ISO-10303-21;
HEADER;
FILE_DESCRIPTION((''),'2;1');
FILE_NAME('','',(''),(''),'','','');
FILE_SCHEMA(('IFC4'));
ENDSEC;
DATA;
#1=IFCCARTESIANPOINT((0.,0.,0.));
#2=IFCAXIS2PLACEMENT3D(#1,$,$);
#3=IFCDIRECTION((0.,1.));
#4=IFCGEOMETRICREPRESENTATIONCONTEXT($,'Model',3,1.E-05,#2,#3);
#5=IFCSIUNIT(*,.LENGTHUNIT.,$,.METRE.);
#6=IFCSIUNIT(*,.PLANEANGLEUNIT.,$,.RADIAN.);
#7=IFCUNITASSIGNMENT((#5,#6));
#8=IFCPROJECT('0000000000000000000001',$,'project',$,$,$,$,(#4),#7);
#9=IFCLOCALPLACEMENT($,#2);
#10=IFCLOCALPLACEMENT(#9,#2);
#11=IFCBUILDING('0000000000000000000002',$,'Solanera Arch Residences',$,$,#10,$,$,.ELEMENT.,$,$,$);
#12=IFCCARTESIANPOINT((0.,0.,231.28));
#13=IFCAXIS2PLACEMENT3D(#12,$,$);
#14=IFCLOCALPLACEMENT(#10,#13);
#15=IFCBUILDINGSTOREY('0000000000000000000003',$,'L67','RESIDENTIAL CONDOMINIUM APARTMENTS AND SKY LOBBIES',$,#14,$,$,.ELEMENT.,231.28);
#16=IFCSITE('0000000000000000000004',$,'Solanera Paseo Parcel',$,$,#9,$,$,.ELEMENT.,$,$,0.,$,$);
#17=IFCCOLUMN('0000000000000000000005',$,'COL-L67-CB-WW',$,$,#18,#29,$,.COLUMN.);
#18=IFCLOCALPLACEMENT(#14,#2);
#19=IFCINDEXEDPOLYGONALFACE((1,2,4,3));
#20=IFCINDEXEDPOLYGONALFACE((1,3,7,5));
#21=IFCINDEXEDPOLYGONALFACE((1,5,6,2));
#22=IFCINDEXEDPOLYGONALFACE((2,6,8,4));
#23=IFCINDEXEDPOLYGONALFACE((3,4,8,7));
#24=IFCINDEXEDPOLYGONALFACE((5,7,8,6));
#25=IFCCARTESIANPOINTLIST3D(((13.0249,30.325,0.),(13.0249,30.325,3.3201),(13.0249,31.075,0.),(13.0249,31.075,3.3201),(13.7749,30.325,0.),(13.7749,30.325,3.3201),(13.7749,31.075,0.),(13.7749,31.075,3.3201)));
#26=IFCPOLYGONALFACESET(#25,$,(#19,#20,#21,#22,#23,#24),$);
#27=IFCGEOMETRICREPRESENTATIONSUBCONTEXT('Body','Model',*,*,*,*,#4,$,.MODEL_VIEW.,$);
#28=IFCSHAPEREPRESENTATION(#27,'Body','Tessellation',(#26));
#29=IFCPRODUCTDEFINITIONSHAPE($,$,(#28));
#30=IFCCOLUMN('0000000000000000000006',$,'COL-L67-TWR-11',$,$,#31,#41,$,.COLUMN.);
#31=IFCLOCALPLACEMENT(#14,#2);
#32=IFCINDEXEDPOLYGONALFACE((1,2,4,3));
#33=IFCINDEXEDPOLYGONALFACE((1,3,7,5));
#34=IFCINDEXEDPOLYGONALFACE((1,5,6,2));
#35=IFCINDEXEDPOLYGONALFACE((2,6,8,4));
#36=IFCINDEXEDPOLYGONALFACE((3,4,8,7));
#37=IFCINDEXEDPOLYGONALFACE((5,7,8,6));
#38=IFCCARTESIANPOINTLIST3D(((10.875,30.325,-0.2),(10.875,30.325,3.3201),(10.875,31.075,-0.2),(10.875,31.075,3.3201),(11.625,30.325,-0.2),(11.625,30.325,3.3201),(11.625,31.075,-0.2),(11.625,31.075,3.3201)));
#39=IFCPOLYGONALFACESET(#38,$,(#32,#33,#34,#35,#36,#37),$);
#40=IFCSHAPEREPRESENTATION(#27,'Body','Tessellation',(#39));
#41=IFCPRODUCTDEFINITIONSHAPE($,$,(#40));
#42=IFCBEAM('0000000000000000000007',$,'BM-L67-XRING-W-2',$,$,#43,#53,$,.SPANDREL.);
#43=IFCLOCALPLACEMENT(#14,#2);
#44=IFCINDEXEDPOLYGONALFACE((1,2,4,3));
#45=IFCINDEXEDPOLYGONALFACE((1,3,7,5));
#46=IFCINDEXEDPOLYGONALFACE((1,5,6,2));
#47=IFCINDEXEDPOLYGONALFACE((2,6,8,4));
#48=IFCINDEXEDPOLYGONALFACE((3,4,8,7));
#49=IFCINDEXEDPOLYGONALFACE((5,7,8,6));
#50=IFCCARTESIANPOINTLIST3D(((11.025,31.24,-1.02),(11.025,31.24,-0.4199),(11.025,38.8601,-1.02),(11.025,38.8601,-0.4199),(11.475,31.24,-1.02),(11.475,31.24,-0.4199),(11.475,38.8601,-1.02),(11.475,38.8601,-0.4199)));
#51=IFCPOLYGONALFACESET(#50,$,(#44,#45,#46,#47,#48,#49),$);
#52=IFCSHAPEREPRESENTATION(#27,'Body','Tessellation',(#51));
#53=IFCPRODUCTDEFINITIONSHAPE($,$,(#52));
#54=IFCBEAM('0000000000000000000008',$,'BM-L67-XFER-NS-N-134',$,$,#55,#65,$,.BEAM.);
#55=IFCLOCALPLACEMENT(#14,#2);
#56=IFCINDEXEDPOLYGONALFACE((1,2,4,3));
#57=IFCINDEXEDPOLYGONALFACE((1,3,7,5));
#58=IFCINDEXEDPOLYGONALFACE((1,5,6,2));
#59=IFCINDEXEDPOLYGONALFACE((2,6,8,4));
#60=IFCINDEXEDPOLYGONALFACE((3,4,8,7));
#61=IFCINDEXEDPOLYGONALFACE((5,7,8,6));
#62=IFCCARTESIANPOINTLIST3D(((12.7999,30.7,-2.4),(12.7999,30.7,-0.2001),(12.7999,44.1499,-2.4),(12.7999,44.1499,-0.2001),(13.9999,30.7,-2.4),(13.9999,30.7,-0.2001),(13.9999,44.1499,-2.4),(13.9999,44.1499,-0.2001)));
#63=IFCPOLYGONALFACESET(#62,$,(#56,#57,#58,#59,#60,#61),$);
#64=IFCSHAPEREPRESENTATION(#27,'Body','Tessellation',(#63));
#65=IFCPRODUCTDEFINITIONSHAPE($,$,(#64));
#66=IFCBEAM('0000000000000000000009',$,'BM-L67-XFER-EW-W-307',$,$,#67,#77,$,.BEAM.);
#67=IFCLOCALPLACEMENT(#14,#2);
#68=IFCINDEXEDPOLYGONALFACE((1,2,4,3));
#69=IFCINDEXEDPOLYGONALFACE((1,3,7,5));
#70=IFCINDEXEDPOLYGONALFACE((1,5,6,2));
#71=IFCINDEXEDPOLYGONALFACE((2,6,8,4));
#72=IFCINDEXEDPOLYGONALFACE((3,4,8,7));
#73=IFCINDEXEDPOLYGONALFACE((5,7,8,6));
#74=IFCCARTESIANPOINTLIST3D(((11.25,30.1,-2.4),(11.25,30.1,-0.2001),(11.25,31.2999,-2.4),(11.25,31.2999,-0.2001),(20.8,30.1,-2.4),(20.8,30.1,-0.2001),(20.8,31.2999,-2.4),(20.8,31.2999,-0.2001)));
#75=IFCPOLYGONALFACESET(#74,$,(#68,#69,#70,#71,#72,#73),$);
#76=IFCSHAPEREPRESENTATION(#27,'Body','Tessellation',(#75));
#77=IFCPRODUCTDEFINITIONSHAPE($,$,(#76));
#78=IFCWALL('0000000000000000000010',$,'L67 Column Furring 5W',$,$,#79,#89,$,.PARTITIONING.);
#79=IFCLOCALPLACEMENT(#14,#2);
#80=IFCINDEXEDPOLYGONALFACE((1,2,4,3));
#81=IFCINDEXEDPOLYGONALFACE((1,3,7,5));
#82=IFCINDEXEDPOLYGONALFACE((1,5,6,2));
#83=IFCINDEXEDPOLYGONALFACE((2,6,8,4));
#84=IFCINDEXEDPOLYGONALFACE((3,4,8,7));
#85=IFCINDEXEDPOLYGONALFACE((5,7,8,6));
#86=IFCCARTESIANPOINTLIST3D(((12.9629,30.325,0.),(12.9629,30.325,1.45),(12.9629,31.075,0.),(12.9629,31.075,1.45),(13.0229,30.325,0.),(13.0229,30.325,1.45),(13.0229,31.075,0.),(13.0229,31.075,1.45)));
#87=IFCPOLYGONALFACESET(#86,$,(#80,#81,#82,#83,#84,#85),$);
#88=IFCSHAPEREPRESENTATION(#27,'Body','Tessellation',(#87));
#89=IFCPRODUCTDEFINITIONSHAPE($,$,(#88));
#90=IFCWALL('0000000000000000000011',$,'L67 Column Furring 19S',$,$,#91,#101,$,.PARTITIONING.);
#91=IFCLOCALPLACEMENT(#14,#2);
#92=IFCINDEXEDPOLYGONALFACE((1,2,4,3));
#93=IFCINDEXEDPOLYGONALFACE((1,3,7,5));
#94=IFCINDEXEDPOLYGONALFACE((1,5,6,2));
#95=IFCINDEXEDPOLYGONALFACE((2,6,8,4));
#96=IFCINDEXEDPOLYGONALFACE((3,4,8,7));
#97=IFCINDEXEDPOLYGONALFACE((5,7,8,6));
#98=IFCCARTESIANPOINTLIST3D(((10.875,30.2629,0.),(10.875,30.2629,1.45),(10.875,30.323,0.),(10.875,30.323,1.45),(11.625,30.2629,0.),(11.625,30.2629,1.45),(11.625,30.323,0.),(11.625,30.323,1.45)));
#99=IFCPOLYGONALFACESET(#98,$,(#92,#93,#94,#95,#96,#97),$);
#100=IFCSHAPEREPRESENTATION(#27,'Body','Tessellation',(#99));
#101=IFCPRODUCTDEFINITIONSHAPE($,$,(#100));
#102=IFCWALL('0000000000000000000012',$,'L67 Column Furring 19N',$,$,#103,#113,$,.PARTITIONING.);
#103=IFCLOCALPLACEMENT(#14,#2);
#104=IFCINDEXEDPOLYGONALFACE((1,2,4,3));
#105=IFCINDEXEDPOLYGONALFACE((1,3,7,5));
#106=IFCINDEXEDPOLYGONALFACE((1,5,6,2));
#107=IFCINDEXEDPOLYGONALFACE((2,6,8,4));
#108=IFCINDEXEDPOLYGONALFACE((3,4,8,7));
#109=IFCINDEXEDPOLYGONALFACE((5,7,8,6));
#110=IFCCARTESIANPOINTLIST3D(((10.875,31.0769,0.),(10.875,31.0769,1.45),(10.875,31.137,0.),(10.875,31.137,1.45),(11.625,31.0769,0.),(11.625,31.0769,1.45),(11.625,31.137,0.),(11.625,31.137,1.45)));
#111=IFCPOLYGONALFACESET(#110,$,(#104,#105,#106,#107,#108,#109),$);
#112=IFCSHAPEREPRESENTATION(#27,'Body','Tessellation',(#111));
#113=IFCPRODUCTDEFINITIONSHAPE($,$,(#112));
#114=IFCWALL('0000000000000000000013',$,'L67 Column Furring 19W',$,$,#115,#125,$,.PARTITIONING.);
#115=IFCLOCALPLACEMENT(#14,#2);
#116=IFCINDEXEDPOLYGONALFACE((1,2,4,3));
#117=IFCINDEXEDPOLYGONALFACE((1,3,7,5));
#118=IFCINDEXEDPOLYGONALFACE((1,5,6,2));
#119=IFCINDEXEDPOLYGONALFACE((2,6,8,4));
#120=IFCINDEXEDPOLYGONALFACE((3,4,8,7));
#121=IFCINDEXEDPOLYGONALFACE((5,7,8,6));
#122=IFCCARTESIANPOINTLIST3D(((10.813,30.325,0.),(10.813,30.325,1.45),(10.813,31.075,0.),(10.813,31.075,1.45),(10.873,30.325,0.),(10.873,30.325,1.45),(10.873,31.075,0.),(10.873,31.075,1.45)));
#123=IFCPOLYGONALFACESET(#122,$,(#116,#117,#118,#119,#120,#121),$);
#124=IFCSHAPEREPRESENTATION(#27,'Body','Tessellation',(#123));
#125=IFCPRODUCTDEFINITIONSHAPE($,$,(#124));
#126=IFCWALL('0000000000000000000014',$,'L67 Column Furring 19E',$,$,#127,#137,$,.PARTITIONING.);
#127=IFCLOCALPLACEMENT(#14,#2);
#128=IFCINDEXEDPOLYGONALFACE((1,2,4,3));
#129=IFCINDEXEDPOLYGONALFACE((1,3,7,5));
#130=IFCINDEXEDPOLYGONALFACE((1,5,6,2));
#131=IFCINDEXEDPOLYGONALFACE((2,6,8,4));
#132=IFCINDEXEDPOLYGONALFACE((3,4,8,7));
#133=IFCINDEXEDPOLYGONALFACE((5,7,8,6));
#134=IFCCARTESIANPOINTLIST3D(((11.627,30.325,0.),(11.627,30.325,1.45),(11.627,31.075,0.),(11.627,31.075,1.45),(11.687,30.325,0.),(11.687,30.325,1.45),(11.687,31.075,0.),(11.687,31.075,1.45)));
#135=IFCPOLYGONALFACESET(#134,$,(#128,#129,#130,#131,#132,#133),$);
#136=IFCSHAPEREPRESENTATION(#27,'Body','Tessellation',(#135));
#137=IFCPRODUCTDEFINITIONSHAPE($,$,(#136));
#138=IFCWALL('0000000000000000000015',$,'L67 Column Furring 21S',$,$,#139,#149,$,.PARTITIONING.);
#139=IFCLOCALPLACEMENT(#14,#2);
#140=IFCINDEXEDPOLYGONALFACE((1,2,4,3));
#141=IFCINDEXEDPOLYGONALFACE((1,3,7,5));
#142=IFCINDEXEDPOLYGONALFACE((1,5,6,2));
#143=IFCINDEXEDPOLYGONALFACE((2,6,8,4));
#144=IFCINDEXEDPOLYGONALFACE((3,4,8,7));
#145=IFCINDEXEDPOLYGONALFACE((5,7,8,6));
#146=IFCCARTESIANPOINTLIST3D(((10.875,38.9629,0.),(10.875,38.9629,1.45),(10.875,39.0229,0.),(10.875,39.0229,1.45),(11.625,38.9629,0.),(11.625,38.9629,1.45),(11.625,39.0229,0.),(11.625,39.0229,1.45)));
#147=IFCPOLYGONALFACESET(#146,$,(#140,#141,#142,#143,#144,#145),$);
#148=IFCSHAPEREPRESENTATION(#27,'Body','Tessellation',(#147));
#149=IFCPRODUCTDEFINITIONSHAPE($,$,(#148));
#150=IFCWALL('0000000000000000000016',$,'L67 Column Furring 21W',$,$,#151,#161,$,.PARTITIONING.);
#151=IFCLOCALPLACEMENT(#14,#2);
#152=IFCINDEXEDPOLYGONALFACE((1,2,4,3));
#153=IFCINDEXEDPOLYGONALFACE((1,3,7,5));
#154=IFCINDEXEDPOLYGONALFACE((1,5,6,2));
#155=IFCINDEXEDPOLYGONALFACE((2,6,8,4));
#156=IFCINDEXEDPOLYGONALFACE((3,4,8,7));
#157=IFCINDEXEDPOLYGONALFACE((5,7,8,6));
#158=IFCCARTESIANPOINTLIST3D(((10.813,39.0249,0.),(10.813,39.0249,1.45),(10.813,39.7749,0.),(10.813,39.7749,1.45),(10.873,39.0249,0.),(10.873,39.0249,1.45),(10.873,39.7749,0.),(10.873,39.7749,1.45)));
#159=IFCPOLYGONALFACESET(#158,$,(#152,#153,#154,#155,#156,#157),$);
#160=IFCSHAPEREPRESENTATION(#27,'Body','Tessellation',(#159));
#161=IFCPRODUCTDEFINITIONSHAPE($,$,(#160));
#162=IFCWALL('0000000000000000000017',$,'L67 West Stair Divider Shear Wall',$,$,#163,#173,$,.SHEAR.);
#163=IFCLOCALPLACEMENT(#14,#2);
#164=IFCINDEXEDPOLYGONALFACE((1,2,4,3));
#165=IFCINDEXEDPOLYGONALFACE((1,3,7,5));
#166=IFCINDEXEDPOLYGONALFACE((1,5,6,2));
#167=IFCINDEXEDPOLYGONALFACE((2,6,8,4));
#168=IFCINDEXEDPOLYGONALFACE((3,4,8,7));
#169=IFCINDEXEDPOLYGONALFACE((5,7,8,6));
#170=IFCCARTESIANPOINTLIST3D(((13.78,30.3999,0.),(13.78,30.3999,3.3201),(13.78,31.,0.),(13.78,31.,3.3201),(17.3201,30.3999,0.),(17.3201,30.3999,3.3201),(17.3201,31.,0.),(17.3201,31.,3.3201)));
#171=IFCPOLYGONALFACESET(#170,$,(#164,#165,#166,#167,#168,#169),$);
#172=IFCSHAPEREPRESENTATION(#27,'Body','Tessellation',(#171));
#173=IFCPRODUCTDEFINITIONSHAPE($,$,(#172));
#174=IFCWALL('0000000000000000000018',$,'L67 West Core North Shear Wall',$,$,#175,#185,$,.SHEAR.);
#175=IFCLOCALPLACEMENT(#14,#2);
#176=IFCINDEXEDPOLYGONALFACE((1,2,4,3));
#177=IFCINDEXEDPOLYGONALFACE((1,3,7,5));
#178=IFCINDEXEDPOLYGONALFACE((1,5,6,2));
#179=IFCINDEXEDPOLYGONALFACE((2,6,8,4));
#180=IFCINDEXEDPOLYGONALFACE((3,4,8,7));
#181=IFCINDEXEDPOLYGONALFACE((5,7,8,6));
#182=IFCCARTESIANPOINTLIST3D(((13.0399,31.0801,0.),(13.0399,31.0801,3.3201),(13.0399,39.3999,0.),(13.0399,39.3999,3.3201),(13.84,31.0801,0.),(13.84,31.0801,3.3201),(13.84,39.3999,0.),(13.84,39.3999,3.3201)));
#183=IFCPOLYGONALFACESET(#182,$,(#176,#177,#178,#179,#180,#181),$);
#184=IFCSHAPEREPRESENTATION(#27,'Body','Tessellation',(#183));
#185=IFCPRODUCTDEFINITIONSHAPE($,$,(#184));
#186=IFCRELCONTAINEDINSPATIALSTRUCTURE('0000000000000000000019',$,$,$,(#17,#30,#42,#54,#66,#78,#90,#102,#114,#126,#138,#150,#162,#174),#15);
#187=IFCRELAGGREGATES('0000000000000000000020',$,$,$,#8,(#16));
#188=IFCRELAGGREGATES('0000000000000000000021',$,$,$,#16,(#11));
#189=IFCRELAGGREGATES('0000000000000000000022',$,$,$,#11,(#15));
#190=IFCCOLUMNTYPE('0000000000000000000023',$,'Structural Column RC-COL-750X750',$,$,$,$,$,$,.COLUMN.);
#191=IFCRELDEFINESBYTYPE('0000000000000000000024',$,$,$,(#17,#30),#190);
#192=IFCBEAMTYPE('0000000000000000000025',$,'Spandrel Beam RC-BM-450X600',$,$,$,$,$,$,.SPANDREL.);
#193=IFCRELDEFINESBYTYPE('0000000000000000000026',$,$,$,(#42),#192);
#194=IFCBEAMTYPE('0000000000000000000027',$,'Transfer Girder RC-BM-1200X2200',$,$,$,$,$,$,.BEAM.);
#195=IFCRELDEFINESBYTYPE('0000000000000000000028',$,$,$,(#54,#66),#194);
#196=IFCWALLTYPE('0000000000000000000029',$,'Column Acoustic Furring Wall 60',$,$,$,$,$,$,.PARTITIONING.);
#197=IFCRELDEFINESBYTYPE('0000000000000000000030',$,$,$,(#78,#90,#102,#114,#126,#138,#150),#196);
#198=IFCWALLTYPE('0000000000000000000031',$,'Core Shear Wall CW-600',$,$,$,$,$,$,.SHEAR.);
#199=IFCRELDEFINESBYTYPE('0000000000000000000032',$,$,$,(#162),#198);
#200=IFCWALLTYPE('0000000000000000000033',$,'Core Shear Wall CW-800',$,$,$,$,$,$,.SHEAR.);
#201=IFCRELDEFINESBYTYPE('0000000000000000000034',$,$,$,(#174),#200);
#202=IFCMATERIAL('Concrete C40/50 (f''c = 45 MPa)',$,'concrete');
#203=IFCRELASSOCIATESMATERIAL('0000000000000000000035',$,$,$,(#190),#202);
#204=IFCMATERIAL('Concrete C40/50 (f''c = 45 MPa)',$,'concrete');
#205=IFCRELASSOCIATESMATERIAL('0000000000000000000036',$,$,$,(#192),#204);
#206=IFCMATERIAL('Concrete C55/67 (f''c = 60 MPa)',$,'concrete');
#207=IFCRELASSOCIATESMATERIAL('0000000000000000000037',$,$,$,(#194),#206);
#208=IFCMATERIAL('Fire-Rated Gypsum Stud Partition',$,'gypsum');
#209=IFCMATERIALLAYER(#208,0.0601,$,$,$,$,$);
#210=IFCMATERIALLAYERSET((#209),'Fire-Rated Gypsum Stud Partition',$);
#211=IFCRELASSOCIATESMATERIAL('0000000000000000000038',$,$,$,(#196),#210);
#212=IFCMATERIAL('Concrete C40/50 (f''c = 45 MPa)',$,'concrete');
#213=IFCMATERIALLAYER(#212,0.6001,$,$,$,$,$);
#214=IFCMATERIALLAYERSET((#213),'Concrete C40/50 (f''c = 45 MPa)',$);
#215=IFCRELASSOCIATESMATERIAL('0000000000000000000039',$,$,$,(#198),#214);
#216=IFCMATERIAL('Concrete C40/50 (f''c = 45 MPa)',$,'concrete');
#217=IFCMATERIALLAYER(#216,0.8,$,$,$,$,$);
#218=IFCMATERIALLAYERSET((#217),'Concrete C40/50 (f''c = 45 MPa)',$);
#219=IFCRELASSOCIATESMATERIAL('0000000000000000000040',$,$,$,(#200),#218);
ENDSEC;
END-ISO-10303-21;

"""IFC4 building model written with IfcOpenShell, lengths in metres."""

from ifc_helpers import new_model, si_unit, direction, frame, frame_2d, origin, origin_2d, place, context, subcontext, project, spatial, rectangle, extrude, material, layer, layer_set, material_profile, profile_set, type_object, element, save


model = new_model("IFC4")

# Units and contexts
model_context = context("Model", 3, precision=1e-05, world=origin(), true_north=direction((0.0, 1.0)))
body_context = subcontext(model_context, "Body", "Model", "MODEL_VIEW")
ifc_project = project(units=[si_unit("LENGTHUNIT", "METRE"), si_unit("PLANEANGLEUNIT", "RADIAN")], contexts=[model_context])

# Site, building, storey
site_placement = place(None, origin())
site = spatial("IfcSite", under=ifc_project, at=site_placement, Name="Solanera Paseo Parcel", CompositionType="ELEMENT", RefElevation=0.0)
building_placement = place(site_placement, origin())
building = spatial("IfcBuilding", under=site, at=building_placement, Name="Solanera Arch Residences", CompositionType="ELEMENT")
storey_placement = place(building_placement, frame((0.0, 0.0, 231.28)))
storey = spatial("IfcBuildingStorey", under=building, at=storey_placement, Name="L67", Description="RESIDENTIAL CONDOMINIUM APARTMENTS AND SKY LOBBIES", CompositionType="ELEMENT", Elevation=231.28)

# Columns
ifc_material_1 = material(Name="Concrete C40/50 (f'c = 45 MPa)", Category="concrete")
ifc_material_profile_1 = material_profile(ifc_material_1, rectangle(XDim=0.75, YDim=0.75, at=origin_2d()))
ifc_profile_set_1 = profile_set([ifc_material_profile_1], Name="Concrete C40/50 (f'c = 45 MPa)")
column_type = type_object("IfcColumnType", Name="Structural Column RC-COL-750X750", PredefinedType="COLUMN", material=ifc_profile_set_1)
column_1_placement = place(storey_placement, frame((13.3999, 30.7, 0.0), z_axis=(0.0, 0.0, 1.0), x_axis=(1.0, 0.0, 0.0)))
element("IfcColumn", 1, at=column_1_placement, inside=storey, type_object=column_type, Name="COL-L67-CB-WW", PredefinedType="COLUMN", context=body_context, shape_type="SweptSolid", body=[
    extrude(rectangle(XDim=0.75, YDim=0.75, at=origin_2d()), origin(), (0.0, 0.0, 1.0), 3.3201),
])
column_2_placement = place(storey_placement, frame((11.25, 30.7, -0.2), z_axis=(0.0, 0.0, 1.0), x_axis=(1.0, 0.0, 0.0)))
element("IfcColumn", 2, at=column_2_placement, inside=storey, type_object=column_type, Name="COL-L67-TWR-11", PredefinedType="COLUMN", context=body_context, shape_type="SweptSolid", body=[
    extrude(rectangle(XDim=0.75, YDim=0.75, at=origin_2d()), origin(), (0.0, 0.0, 1.0), 3.52),
])

# Beams
ifc_material_2 = material(Name="Concrete C40/50 (f'c = 45 MPa)", Category="concrete")
ifc_material_profile_2 = material_profile(ifc_material_2, rectangle(XDim=0.45, YDim=0.6001, at=origin_2d()))
ifc_profile_set_2 = profile_set([ifc_material_profile_2], Name="Concrete C40/50 (f'c = 45 MPa)")
beam_type_1 = type_object("IfcBeamType", Name="Spandrel Beam RC-BM-450X600", PredefinedType="SPANDREL", material=ifc_profile_set_2)
beam_1_placement = place(storey_placement, frame((11.25, 31.24, -0.72), z_axis=(0.0, 1.0, 0.0), x_axis=(-1.0, 0.0, 0.0)))
element("IfcBeam", 3, at=beam_1_placement, inside=storey, type_object=beam_type_1, Name="BM-L67-XRING-W-2", PredefinedType="SPANDREL", context=body_context, shape_type="SweptSolid", body=[
    extrude(rectangle(XDim=0.45, YDim=0.6001, at=origin_2d()), origin(), (0.0, 0.0, 1.0), 7.6201),
])
ifc_material_3 = material(Name="Concrete C55/67 (f'c = 60 MPa)", Category="concrete")
ifc_material_profile_3 = material_profile(ifc_material_3, rectangle(XDim=1.2, YDim=2.2, at=origin_2d()))
ifc_profile_set_3 = profile_set([ifc_material_profile_3], Name="Concrete C55/67 (f'c = 60 MPa)")
beam_type_2 = type_object("IfcBeamType", Name="Transfer Girder RC-BM-1200X2200", PredefinedType="BEAM", material=ifc_profile_set_3)
beam_2_placement = place(storey_placement, frame((13.3999, 30.7, -1.3), z_axis=(0.0, 1.0, 0.0), x_axis=(-1.0, 0.0, 0.0)))
element("IfcBeam", 4, at=beam_2_placement, inside=storey, type_object=beam_type_2, Name="BM-L67-XFER-NS-N-134", PredefinedType="BEAM", context=body_context, shape_type="SweptSolid", body=[
    extrude(rectangle(XDim=1.2, YDim=2.2, at=origin_2d()), origin(), (0.0, 0.0, 1.0), 13.45),
])
beam_3_placement = place(storey_placement, frame((11.25, 30.7, -1.3), z_axis=(1.0, 0.0, 0.0), x_axis=(0.0, 1.0, 0.0)))
element("IfcBeam", 5, at=beam_3_placement, inside=storey, type_object=beam_type_2, Name="BM-L67-XFER-EW-W-307", PredefinedType="BEAM", context=body_context, shape_type="SweptSolid", body=[
    extrude(rectangle(XDim=1.2, YDim=2.2, at=origin_2d()), origin(), (0.0, 0.0, 1.0), 9.55),
])

# Walls
ifc_material_4 = material(Name="Fire-Rated Gypsum Stud Partition", Category="gypsum")
ifc_layer_1 = layer(ifc_material_4, 0.0601)
ifc_layer_set_1 = layer_set([ifc_layer_1], Name="Fire-Rated Gypsum Stud Partition")
wall_type_1 = type_object("IfcWallType", Name="Column Acoustic Furring Wall 60", PredefinedType="PARTITIONING", material=ifc_layer_set_1)
for number, where, z_axis, x_axis, name in (
    (6, (12.9929, 30.325, 0.0), (0.0, 0.0, 1.0), (0.0, 1.0, 0.0), "L67 Column Furring 5W"),
    (7, (10.875, 30.293, 0.0), (0.0, 0.0, 1.0), (1.0, 0.0, 0.0), "L67 Column Furring 19S"),
    (8, (10.875, 31.1069, 0.0), (0.0, 0.0, 1.0), (1.0, 0.0, 0.0), "L67 Column Furring 19N"),
    (9, (10.843, 30.325, 0.0), (0.0, 0.0, 1.0), (0.0, 1.0, 0.0), "L67 Column Furring 19W"),
    (10, (11.657, 30.325, 0.0), (0.0, 0.0, 1.0), (0.0, 1.0, 0.0), "L67 Column Furring 19E"),
    (11, (10.875, 38.9929, 0.0), (0.0, 0.0, 1.0), (1.0, 0.0, 0.0), "L67 Column Furring 21S"),
    (12, (10.843, 39.0249, 0.0), (0.0, 0.0, 1.0), (0.0, 1.0, 0.0), "L67 Column Furring 21W"),
):
    element("IfcWall", number, at=place(storey_placement, frame(where, z_axis=z_axis, x_axis=x_axis)), inside=storey, type_object=wall_type_1, Name=name, PredefinedType="PARTITIONING", context=body_context, shape_type="SweptSolid", body=[
        extrude(rectangle(XDim=0.75, YDim=0.0601, at=frame_2d((0.375, 0.0))), origin(), (0.0, 0.0, 1.0), 1.45),
    ])
ifc_material_5 = material(Name="Concrete C40/50 (f'c = 45 MPa)", Category="concrete")
ifc_layer_2 = layer(ifc_material_5, 0.6001)
ifc_layer_set_2 = layer_set([ifc_layer_2], Name="Concrete C40/50 (f'c = 45 MPa)")
wall_type_2 = type_object("IfcWallType", Name="Core Shear Wall CW-600", PredefinedType="SHEAR", material=ifc_layer_set_2)
wall_1_placement = place(storey_placement, frame((13.78, 30.7, 0.0), z_axis=(0.0, 0.0, 1.0), x_axis=(1.0, 0.0, 0.0)))
element("IfcWall", 13, at=wall_1_placement, inside=storey, type_object=wall_type_2, Name="L67 West Stair Divider Shear Wall", PredefinedType="SHEAR", context=body_context, shape_type="SweptSolid", body=[
    extrude(rectangle(XDim=3.54, YDim=0.6001, at=frame_2d((1.77, 0.0))), origin(), (0.0, 0.0, 1.0), 3.3201),
])
ifc_material_6 = material(Name="Concrete C40/50 (f'c = 45 MPa)", Category="concrete")
ifc_layer_3 = layer(ifc_material_6, 0.8)
ifc_layer_set_3 = layer_set([ifc_layer_3], Name="Concrete C40/50 (f'c = 45 MPa)")
wall_type_3 = type_object("IfcWallType", Name="Core Shear Wall CW-800", PredefinedType="SHEAR", material=ifc_layer_set_3)
wall_2_placement = place(storey_placement, frame((13.4399, 31.0801, 0.0), z_axis=(0.0, 0.0, 1.0), x_axis=(0.0, 1.0, 0.0)))
element("IfcWall", 14, at=wall_2_placement, inside=storey, type_object=wall_type_3, Name="L67 West Core North Shear Wall", PredefinedType="SHEAR", context=body_context, shape_type="SweptSolid", body=[
    extrude(rectangle(XDim=8.3198, YDim=0.8, at=frame_2d((4.1599, 0.0))), origin(), (0.0, 0.0, 1.0), 3.3201),
])

save(model, "model.ifc")
